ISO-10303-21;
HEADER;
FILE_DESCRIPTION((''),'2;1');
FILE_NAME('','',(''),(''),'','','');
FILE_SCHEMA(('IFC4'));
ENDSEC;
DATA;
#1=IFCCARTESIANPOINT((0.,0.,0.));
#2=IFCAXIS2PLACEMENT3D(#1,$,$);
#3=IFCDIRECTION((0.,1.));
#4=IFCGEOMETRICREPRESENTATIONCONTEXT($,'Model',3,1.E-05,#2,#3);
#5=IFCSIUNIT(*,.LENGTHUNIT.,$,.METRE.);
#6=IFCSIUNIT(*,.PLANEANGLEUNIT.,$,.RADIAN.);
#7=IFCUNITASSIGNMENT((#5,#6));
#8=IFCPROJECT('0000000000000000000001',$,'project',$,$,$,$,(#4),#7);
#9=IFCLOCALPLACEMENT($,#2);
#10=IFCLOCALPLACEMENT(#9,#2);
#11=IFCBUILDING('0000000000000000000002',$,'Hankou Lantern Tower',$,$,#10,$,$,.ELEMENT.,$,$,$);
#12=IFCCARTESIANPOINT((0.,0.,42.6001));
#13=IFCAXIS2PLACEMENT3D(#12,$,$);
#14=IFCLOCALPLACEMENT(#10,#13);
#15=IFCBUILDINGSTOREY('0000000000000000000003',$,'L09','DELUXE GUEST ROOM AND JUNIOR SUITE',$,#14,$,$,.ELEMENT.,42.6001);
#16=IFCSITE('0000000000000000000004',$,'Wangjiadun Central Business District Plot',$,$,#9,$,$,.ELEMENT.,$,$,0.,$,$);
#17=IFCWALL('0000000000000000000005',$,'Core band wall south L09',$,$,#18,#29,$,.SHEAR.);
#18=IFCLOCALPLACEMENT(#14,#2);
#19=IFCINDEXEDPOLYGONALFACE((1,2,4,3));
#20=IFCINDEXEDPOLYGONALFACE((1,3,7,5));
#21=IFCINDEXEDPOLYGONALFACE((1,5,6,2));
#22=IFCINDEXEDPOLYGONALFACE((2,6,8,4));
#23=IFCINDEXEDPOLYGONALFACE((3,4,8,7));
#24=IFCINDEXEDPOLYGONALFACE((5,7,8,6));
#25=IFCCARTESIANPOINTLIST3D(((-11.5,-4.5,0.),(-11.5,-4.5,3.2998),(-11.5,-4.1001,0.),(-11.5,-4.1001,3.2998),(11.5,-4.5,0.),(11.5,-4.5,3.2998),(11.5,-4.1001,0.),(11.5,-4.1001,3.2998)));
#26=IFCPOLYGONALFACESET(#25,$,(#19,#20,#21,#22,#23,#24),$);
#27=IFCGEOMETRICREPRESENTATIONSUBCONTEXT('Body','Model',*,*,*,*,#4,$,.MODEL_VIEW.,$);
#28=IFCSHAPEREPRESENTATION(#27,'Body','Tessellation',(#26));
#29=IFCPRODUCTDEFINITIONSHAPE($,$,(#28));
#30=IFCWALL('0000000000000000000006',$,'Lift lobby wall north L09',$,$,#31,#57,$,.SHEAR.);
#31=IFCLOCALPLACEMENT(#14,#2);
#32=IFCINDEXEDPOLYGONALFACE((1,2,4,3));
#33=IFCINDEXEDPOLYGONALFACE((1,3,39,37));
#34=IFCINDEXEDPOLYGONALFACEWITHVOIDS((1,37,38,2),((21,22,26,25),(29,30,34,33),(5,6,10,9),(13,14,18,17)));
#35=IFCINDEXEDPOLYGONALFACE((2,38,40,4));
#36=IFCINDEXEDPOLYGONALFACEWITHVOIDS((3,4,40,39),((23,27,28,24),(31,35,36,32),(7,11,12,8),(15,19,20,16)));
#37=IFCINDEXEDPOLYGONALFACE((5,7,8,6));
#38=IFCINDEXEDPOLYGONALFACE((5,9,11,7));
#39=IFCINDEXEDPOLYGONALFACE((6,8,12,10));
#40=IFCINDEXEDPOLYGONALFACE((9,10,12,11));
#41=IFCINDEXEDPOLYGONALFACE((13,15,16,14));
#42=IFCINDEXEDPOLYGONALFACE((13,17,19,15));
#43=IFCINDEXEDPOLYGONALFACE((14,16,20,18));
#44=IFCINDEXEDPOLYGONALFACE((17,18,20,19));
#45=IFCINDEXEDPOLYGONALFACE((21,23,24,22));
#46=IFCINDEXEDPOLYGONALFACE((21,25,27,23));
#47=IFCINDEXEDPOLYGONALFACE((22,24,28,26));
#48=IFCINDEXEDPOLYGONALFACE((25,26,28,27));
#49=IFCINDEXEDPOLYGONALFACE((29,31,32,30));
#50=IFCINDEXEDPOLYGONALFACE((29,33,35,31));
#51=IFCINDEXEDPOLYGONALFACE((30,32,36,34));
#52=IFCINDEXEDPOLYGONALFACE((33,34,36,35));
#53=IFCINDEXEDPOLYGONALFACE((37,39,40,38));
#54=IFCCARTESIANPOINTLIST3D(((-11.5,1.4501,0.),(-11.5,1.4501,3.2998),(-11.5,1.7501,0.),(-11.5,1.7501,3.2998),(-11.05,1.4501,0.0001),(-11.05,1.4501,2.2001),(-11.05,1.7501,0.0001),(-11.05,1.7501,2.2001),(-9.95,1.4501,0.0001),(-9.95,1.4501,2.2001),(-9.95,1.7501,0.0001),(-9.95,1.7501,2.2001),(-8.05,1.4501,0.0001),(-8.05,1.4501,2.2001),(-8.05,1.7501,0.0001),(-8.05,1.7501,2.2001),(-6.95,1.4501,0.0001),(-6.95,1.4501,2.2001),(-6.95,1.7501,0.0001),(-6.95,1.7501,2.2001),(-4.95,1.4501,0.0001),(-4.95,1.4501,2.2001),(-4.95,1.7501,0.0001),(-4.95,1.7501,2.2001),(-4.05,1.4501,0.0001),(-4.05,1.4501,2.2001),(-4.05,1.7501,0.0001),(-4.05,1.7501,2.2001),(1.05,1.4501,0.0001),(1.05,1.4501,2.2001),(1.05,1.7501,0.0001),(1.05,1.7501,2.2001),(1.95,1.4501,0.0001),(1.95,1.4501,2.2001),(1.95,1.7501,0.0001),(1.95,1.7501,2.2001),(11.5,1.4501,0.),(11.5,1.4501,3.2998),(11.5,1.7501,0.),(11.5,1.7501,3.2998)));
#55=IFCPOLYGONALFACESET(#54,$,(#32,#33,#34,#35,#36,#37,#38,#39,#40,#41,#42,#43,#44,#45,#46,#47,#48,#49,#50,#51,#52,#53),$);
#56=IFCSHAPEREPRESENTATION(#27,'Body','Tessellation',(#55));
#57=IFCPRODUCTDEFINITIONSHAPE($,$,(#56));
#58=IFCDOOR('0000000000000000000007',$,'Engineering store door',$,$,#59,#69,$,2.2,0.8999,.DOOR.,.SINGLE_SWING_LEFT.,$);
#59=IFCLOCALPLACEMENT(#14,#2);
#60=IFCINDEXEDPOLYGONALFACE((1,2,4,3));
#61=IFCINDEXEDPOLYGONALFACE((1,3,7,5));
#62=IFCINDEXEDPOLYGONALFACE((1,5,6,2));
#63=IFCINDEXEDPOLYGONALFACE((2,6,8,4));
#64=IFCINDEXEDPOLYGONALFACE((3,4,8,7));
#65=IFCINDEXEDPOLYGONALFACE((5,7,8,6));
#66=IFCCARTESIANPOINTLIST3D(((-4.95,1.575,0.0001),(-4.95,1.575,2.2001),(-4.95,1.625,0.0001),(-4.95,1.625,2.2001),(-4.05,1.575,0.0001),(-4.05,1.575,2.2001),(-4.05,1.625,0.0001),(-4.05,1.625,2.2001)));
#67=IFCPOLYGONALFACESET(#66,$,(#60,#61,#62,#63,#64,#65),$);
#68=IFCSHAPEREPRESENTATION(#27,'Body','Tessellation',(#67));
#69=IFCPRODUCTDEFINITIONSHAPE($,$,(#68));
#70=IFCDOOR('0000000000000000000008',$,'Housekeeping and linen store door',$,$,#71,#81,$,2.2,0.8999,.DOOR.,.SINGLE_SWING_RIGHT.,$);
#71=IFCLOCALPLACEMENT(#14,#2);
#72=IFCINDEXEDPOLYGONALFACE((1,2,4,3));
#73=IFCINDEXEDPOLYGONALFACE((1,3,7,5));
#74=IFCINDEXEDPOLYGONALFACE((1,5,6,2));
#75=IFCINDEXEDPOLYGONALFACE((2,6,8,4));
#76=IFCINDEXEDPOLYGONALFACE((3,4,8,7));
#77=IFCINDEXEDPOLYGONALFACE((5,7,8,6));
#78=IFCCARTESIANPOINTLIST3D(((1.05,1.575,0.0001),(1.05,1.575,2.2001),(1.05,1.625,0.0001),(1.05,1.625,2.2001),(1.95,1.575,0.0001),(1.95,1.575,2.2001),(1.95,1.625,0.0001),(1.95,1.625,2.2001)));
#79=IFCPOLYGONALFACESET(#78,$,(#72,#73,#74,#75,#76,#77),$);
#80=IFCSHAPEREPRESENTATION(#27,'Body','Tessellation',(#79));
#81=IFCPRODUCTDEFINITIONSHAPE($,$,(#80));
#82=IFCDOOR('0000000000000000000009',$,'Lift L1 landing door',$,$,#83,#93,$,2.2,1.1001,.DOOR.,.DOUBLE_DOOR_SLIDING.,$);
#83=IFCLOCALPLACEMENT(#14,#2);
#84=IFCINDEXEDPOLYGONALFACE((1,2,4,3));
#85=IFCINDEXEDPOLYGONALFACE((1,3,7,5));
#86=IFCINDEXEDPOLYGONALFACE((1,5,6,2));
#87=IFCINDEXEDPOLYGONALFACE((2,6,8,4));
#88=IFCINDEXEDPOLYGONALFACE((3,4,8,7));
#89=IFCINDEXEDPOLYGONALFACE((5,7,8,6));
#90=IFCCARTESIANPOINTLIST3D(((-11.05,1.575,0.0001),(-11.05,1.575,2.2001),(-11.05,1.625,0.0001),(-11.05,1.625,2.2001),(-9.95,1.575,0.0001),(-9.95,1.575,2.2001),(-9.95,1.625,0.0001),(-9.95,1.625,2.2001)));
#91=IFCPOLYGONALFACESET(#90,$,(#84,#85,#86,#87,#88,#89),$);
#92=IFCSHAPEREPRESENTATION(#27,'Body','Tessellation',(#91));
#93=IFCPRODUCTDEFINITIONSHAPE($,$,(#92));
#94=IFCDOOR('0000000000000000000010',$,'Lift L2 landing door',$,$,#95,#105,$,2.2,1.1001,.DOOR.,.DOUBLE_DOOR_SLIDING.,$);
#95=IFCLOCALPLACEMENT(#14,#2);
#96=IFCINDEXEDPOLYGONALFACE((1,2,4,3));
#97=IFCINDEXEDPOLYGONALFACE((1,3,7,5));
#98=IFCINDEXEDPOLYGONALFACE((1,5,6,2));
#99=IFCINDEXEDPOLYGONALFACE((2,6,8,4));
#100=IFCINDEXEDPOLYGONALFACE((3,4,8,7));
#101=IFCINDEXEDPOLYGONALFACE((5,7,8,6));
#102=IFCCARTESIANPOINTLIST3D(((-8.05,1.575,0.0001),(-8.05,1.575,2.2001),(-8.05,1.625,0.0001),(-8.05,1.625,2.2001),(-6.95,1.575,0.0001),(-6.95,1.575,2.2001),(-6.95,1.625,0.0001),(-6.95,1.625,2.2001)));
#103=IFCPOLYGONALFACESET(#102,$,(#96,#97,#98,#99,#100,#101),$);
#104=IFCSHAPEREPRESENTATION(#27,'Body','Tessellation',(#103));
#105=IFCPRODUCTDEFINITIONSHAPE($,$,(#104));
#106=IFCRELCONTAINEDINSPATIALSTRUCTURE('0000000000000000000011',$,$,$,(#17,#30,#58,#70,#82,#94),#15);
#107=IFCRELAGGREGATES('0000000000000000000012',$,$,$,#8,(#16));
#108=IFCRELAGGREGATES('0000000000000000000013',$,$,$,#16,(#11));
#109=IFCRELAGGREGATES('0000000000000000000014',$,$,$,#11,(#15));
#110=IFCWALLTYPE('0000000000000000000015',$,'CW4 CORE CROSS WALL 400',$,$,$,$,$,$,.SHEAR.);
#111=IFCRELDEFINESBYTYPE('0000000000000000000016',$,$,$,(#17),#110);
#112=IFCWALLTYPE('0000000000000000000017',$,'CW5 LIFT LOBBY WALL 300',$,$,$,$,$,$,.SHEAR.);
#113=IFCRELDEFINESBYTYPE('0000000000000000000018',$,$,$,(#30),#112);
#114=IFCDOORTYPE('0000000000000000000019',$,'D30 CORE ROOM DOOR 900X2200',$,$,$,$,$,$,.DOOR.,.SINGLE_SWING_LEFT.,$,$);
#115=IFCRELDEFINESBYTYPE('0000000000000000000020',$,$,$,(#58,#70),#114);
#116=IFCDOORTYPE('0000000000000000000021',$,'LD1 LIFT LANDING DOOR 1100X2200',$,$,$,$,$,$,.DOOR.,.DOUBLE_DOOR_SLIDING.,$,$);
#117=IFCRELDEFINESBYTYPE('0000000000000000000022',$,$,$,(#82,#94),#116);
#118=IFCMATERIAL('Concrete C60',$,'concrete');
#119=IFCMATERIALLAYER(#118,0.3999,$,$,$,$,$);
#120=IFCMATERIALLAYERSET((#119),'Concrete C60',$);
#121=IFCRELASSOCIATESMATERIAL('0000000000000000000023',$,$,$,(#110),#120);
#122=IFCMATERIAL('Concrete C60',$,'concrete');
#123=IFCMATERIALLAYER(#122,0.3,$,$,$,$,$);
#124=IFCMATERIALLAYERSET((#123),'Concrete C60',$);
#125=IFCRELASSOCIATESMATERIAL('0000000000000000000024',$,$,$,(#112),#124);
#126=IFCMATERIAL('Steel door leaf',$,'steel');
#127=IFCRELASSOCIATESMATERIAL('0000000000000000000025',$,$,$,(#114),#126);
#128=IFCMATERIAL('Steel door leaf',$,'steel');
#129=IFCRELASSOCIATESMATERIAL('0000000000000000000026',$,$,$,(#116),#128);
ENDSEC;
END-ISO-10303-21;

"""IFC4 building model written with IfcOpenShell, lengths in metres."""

from ifc_helpers import new_model, si_unit, direction, frame, frame_2d, origin, place, context, subcontext, project, spatial, rectangle, extrude, material, layer, layer_set, type_object, element, fill, save


model = new_model("IFC4")

# Units and contexts
model_context = context("Model", 3, precision=1e-05, world=origin(), true_north=direction((0.0, 1.0)))
body_context = subcontext(model_context, "Body", "Model", "MODEL_VIEW")
ifc_project = project(units=[si_unit("LENGTHUNIT", "METRE"), si_unit("PLANEANGLEUNIT", "RADIAN")], contexts=[model_context])

# Site, building, storey
site_placement = place(None, origin())
site = spatial("IfcSite", under=ifc_project, at=site_placement, Name="Wangjiadun Central Business District Plot", CompositionType="ELEMENT", RefElevation=0.0)
building_placement = place(site_placement, origin())
building = spatial("IfcBuilding", under=site, at=building_placement, Name="Hankou Lantern Tower", CompositionType="ELEMENT")
storey_placement = place(building_placement, frame((0.0, 0.0, 42.6001)))
storey = spatial("IfcBuildingStorey", under=building, at=storey_placement, Name="L09", Description="DELUXE GUEST ROOM AND JUNIOR SUITE", CompositionType="ELEMENT", Elevation=42.6001)

# Wall
ifc_material_1 = material(Name="Concrete C60", Category="concrete")
ifc_layer_1 = layer(ifc_material_1, 0.3999)
ifc_layer_set_1 = layer_set([ifc_layer_1], Name="Concrete C60")
wall_type_1 = type_object("IfcWallType", Name="CW4 CORE CROSS WALL 400", PredefinedType="SHEAR", material=ifc_layer_set_1)
wall_1_placement = place(storey_placement, frame((-11.5, -4.3, 0.0), z_axis=(0.0, 0.0, 1.0), x_axis=(1.0, 0.0, 0.0)))
element("IfcWall", 1, at=wall_1_placement, inside=storey, type_object=wall_type_1, Name="Core band wall south L09", PredefinedType="SHEAR", context=body_context, shape_type="SweptSolid", body=[
    extrude(rectangle(XDim=23.0, YDim=0.3999, at=frame_2d((11.5, 0.0))), origin(), (0.0, 0.0, 1.0), 3.2998),
])

# Wall, openings, doors
ifc_material_2 = material(Name="Concrete C60", Category="concrete")
ifc_layer_2 = layer(ifc_material_2, 0.3)
ifc_layer_set_2 = layer_set([ifc_layer_2], Name="Concrete C60")
wall_type_2 = type_object("IfcWallType", Name="CW5 LIFT LOBBY WALL 300", PredefinedType="SHEAR", material=ifc_layer_set_2)
wall_2_placement = place(storey_placement, frame((-11.5, 1.6001, 0.0), z_axis=(0.0, 0.0, 1.0), x_axis=(1.0, 0.0, 0.0)))
wall_2 = element("IfcWall", 2, at=wall_2_placement, inside=storey, type_object=wall_type_2, Name="Lift lobby wall north L09", PredefinedType="SHEAR", context=body_context, shape_type="SweptSolid", body=[
    extrude(rectangle(XDim=23.0, YDim=0.3, at=frame_2d((11.5, 0.0))), origin(), (0.0, 0.0, 1.0), 3.2998),
])
opening_1_placement = place(wall_2_placement, frame((0.45, 0.0, 0.0)))
opening_1 = element("IfcOpeningElement", 3, at=opening_1_placement, cuts=wall_2, PredefinedType="OPENING", context=body_context, shape_type="SweptSolid", body=[
    extrude(rectangle(XDim=1.1001, YDim=2.2, at=frame_2d((0.55, 1.1001))), frame((0.0, 0.1599, 0.0), z_axis=(0.0, -1.0, 0.0), x_axis=(1.0, 0.0, 0.0)), (0.0, 0.0, 1.0), 0.3201),
])
opening_2_placement = place(wall_2_placement, frame((3.45, 0.0, 0.0)))
opening_2 = element("IfcOpeningElement", 4, at=opening_2_placement, cuts=wall_2, PredefinedType="OPENING", context=body_context, shape_type="SweptSolid", body=[
    extrude(rectangle(XDim=1.1001, YDim=2.2, at=frame_2d((0.55, 1.1001))), frame((0.0, 0.1599, 0.0), z_axis=(0.0, -1.0, 0.0), x_axis=(1.0, 0.0, 0.0)), (0.0, 0.0, 1.0), 0.3201),
])
opening_3_placement = place(wall_2_placement, frame((6.55, 0.0, 0.0)))
opening_3 = element("IfcOpeningElement", 5, at=opening_3_placement, cuts=wall_2, PredefinedType="OPENING", context=body_context, shape_type="SweptSolid", body=[
    extrude(rectangle(XDim=0.8999, YDim=2.2, at=frame_2d((0.45, 1.1001))), frame((0.0, 0.1599, 0.0), z_axis=(0.0, -1.0, 0.0), x_axis=(1.0, 0.0, 0.0)), (0.0, 0.0, 1.0), 0.3201),
])
opening_4_placement = place(wall_2_placement, frame((12.55, 0.0, 0.0)))
opening_4 = element("IfcOpeningElement", 6, at=opening_4_placement, cuts=wall_2, PredefinedType="OPENING", context=body_context, shape_type="SweptSolid", body=[
    extrude(rectangle(XDim=0.8999, YDim=2.2, at=frame_2d((0.45, 1.1001))), frame((0.0, 0.1599, 0.0), z_axis=(0.0, -1.0, 0.0), x_axis=(1.0, 0.0, 0.0)), (0.0, 0.0, 1.0), 0.3201),
])
ifc_material_3 = material(Name="Steel door leaf", Category="steel")
door_type_1 = type_object("IfcDoorType", Name="D30 CORE ROOM DOOR 900X2200", OperationType="SINGLE_SWING_LEFT", PredefinedType="DOOR", material=ifc_material_3)
door_1_placement = place(opening_3_placement, origin())
door_1 = element("IfcDoor", 7, at=door_1_placement, inside=storey, type_object=door_type_1, Name="Engineering store door", OperationType="SINGLE_SWING_LEFT", OverallHeight=2.2, OverallWidth=0.8999, PredefinedType="DOOR", context=body_context, shape_type="SweptSolid", body=[
    extrude(rectangle(XDim=0.8999, YDim=2.2, at=frame_2d((0.45, 1.1001))), frame((0.0, 0.0249, 0.0), z_axis=(0.0, -1.0, 0.0), x_axis=(1.0, 0.0, 0.0)), (0.0, 0.0, 1.0), 0.05),
])
fill(opening_3, door_1)
door_2_placement = place(opening_4_placement, origin())
door_2 = element("IfcDoor", 8, at=door_2_placement, inside=storey, type_object=door_type_1, Name="Housekeeping and linen store door", OperationType="SINGLE_SWING_RIGHT", OverallHeight=2.2, OverallWidth=0.8999, PredefinedType="DOOR", context=body_context, shape_type="SweptSolid", body=[
    extrude(rectangle(XDim=0.8999, YDim=2.2, at=frame_2d((0.45, 1.1001))), frame((0.0, 0.0249, 0.0), z_axis=(0.0, -1.0, 0.0), x_axis=(1.0, 0.0, 0.0)), (0.0, 0.0, 1.0), 0.05),
])
fill(opening_4, door_2)
ifc_material_4 = material(Name="Steel door leaf", Category="steel")
door_type_2 = type_object("IfcDoorType", Name="LD1 LIFT LANDING DOOR 1100X2200", OperationType="DOUBLE_DOOR_SLIDING", PredefinedType="DOOR", material=ifc_material_4)
door_3_placement = place(opening_1_placement, origin())
door_3 = element("IfcDoor", 9, at=door_3_placement, inside=storey, type_object=door_type_2, Name="Lift L1 landing door", OperationType="DOUBLE_DOOR_SLIDING", OverallHeight=2.2, OverallWidth=1.1001, PredefinedType="DOOR", context=body_context, shape_type="SweptSolid", body=[
    extrude(rectangle(XDim=1.1001, YDim=2.2, at=frame_2d((0.55, 1.1001))), frame((0.0, 0.0249, 0.0), z_axis=(0.0, -1.0, 0.0), x_axis=(1.0, 0.0, 0.0)), (0.0, 0.0, 1.0), 0.05),
])
fill(opening_1, door_3)
door_4_placement = place(opening_2_placement, origin())
door_4 = element("IfcDoor", 10, at=door_4_placement, inside=storey, type_object=door_type_2, Name="Lift L2 landing door", OperationType="DOUBLE_DOOR_SLIDING", OverallHeight=2.2, OverallWidth=1.1001, PredefinedType="DOOR", context=body_context, shape_type="SweptSolid", body=[
    extrude(rectangle(XDim=1.1001, YDim=2.2, at=frame_2d((0.55, 1.1001))), frame((0.0, 0.0249, 0.0), z_axis=(0.0, -1.0, 0.0), x_axis=(1.0, 0.0, 0.0)), (0.0, 0.0, 1.0), 0.05),
])
fill(opening_2, door_4)

save(model, "model.ifc")
